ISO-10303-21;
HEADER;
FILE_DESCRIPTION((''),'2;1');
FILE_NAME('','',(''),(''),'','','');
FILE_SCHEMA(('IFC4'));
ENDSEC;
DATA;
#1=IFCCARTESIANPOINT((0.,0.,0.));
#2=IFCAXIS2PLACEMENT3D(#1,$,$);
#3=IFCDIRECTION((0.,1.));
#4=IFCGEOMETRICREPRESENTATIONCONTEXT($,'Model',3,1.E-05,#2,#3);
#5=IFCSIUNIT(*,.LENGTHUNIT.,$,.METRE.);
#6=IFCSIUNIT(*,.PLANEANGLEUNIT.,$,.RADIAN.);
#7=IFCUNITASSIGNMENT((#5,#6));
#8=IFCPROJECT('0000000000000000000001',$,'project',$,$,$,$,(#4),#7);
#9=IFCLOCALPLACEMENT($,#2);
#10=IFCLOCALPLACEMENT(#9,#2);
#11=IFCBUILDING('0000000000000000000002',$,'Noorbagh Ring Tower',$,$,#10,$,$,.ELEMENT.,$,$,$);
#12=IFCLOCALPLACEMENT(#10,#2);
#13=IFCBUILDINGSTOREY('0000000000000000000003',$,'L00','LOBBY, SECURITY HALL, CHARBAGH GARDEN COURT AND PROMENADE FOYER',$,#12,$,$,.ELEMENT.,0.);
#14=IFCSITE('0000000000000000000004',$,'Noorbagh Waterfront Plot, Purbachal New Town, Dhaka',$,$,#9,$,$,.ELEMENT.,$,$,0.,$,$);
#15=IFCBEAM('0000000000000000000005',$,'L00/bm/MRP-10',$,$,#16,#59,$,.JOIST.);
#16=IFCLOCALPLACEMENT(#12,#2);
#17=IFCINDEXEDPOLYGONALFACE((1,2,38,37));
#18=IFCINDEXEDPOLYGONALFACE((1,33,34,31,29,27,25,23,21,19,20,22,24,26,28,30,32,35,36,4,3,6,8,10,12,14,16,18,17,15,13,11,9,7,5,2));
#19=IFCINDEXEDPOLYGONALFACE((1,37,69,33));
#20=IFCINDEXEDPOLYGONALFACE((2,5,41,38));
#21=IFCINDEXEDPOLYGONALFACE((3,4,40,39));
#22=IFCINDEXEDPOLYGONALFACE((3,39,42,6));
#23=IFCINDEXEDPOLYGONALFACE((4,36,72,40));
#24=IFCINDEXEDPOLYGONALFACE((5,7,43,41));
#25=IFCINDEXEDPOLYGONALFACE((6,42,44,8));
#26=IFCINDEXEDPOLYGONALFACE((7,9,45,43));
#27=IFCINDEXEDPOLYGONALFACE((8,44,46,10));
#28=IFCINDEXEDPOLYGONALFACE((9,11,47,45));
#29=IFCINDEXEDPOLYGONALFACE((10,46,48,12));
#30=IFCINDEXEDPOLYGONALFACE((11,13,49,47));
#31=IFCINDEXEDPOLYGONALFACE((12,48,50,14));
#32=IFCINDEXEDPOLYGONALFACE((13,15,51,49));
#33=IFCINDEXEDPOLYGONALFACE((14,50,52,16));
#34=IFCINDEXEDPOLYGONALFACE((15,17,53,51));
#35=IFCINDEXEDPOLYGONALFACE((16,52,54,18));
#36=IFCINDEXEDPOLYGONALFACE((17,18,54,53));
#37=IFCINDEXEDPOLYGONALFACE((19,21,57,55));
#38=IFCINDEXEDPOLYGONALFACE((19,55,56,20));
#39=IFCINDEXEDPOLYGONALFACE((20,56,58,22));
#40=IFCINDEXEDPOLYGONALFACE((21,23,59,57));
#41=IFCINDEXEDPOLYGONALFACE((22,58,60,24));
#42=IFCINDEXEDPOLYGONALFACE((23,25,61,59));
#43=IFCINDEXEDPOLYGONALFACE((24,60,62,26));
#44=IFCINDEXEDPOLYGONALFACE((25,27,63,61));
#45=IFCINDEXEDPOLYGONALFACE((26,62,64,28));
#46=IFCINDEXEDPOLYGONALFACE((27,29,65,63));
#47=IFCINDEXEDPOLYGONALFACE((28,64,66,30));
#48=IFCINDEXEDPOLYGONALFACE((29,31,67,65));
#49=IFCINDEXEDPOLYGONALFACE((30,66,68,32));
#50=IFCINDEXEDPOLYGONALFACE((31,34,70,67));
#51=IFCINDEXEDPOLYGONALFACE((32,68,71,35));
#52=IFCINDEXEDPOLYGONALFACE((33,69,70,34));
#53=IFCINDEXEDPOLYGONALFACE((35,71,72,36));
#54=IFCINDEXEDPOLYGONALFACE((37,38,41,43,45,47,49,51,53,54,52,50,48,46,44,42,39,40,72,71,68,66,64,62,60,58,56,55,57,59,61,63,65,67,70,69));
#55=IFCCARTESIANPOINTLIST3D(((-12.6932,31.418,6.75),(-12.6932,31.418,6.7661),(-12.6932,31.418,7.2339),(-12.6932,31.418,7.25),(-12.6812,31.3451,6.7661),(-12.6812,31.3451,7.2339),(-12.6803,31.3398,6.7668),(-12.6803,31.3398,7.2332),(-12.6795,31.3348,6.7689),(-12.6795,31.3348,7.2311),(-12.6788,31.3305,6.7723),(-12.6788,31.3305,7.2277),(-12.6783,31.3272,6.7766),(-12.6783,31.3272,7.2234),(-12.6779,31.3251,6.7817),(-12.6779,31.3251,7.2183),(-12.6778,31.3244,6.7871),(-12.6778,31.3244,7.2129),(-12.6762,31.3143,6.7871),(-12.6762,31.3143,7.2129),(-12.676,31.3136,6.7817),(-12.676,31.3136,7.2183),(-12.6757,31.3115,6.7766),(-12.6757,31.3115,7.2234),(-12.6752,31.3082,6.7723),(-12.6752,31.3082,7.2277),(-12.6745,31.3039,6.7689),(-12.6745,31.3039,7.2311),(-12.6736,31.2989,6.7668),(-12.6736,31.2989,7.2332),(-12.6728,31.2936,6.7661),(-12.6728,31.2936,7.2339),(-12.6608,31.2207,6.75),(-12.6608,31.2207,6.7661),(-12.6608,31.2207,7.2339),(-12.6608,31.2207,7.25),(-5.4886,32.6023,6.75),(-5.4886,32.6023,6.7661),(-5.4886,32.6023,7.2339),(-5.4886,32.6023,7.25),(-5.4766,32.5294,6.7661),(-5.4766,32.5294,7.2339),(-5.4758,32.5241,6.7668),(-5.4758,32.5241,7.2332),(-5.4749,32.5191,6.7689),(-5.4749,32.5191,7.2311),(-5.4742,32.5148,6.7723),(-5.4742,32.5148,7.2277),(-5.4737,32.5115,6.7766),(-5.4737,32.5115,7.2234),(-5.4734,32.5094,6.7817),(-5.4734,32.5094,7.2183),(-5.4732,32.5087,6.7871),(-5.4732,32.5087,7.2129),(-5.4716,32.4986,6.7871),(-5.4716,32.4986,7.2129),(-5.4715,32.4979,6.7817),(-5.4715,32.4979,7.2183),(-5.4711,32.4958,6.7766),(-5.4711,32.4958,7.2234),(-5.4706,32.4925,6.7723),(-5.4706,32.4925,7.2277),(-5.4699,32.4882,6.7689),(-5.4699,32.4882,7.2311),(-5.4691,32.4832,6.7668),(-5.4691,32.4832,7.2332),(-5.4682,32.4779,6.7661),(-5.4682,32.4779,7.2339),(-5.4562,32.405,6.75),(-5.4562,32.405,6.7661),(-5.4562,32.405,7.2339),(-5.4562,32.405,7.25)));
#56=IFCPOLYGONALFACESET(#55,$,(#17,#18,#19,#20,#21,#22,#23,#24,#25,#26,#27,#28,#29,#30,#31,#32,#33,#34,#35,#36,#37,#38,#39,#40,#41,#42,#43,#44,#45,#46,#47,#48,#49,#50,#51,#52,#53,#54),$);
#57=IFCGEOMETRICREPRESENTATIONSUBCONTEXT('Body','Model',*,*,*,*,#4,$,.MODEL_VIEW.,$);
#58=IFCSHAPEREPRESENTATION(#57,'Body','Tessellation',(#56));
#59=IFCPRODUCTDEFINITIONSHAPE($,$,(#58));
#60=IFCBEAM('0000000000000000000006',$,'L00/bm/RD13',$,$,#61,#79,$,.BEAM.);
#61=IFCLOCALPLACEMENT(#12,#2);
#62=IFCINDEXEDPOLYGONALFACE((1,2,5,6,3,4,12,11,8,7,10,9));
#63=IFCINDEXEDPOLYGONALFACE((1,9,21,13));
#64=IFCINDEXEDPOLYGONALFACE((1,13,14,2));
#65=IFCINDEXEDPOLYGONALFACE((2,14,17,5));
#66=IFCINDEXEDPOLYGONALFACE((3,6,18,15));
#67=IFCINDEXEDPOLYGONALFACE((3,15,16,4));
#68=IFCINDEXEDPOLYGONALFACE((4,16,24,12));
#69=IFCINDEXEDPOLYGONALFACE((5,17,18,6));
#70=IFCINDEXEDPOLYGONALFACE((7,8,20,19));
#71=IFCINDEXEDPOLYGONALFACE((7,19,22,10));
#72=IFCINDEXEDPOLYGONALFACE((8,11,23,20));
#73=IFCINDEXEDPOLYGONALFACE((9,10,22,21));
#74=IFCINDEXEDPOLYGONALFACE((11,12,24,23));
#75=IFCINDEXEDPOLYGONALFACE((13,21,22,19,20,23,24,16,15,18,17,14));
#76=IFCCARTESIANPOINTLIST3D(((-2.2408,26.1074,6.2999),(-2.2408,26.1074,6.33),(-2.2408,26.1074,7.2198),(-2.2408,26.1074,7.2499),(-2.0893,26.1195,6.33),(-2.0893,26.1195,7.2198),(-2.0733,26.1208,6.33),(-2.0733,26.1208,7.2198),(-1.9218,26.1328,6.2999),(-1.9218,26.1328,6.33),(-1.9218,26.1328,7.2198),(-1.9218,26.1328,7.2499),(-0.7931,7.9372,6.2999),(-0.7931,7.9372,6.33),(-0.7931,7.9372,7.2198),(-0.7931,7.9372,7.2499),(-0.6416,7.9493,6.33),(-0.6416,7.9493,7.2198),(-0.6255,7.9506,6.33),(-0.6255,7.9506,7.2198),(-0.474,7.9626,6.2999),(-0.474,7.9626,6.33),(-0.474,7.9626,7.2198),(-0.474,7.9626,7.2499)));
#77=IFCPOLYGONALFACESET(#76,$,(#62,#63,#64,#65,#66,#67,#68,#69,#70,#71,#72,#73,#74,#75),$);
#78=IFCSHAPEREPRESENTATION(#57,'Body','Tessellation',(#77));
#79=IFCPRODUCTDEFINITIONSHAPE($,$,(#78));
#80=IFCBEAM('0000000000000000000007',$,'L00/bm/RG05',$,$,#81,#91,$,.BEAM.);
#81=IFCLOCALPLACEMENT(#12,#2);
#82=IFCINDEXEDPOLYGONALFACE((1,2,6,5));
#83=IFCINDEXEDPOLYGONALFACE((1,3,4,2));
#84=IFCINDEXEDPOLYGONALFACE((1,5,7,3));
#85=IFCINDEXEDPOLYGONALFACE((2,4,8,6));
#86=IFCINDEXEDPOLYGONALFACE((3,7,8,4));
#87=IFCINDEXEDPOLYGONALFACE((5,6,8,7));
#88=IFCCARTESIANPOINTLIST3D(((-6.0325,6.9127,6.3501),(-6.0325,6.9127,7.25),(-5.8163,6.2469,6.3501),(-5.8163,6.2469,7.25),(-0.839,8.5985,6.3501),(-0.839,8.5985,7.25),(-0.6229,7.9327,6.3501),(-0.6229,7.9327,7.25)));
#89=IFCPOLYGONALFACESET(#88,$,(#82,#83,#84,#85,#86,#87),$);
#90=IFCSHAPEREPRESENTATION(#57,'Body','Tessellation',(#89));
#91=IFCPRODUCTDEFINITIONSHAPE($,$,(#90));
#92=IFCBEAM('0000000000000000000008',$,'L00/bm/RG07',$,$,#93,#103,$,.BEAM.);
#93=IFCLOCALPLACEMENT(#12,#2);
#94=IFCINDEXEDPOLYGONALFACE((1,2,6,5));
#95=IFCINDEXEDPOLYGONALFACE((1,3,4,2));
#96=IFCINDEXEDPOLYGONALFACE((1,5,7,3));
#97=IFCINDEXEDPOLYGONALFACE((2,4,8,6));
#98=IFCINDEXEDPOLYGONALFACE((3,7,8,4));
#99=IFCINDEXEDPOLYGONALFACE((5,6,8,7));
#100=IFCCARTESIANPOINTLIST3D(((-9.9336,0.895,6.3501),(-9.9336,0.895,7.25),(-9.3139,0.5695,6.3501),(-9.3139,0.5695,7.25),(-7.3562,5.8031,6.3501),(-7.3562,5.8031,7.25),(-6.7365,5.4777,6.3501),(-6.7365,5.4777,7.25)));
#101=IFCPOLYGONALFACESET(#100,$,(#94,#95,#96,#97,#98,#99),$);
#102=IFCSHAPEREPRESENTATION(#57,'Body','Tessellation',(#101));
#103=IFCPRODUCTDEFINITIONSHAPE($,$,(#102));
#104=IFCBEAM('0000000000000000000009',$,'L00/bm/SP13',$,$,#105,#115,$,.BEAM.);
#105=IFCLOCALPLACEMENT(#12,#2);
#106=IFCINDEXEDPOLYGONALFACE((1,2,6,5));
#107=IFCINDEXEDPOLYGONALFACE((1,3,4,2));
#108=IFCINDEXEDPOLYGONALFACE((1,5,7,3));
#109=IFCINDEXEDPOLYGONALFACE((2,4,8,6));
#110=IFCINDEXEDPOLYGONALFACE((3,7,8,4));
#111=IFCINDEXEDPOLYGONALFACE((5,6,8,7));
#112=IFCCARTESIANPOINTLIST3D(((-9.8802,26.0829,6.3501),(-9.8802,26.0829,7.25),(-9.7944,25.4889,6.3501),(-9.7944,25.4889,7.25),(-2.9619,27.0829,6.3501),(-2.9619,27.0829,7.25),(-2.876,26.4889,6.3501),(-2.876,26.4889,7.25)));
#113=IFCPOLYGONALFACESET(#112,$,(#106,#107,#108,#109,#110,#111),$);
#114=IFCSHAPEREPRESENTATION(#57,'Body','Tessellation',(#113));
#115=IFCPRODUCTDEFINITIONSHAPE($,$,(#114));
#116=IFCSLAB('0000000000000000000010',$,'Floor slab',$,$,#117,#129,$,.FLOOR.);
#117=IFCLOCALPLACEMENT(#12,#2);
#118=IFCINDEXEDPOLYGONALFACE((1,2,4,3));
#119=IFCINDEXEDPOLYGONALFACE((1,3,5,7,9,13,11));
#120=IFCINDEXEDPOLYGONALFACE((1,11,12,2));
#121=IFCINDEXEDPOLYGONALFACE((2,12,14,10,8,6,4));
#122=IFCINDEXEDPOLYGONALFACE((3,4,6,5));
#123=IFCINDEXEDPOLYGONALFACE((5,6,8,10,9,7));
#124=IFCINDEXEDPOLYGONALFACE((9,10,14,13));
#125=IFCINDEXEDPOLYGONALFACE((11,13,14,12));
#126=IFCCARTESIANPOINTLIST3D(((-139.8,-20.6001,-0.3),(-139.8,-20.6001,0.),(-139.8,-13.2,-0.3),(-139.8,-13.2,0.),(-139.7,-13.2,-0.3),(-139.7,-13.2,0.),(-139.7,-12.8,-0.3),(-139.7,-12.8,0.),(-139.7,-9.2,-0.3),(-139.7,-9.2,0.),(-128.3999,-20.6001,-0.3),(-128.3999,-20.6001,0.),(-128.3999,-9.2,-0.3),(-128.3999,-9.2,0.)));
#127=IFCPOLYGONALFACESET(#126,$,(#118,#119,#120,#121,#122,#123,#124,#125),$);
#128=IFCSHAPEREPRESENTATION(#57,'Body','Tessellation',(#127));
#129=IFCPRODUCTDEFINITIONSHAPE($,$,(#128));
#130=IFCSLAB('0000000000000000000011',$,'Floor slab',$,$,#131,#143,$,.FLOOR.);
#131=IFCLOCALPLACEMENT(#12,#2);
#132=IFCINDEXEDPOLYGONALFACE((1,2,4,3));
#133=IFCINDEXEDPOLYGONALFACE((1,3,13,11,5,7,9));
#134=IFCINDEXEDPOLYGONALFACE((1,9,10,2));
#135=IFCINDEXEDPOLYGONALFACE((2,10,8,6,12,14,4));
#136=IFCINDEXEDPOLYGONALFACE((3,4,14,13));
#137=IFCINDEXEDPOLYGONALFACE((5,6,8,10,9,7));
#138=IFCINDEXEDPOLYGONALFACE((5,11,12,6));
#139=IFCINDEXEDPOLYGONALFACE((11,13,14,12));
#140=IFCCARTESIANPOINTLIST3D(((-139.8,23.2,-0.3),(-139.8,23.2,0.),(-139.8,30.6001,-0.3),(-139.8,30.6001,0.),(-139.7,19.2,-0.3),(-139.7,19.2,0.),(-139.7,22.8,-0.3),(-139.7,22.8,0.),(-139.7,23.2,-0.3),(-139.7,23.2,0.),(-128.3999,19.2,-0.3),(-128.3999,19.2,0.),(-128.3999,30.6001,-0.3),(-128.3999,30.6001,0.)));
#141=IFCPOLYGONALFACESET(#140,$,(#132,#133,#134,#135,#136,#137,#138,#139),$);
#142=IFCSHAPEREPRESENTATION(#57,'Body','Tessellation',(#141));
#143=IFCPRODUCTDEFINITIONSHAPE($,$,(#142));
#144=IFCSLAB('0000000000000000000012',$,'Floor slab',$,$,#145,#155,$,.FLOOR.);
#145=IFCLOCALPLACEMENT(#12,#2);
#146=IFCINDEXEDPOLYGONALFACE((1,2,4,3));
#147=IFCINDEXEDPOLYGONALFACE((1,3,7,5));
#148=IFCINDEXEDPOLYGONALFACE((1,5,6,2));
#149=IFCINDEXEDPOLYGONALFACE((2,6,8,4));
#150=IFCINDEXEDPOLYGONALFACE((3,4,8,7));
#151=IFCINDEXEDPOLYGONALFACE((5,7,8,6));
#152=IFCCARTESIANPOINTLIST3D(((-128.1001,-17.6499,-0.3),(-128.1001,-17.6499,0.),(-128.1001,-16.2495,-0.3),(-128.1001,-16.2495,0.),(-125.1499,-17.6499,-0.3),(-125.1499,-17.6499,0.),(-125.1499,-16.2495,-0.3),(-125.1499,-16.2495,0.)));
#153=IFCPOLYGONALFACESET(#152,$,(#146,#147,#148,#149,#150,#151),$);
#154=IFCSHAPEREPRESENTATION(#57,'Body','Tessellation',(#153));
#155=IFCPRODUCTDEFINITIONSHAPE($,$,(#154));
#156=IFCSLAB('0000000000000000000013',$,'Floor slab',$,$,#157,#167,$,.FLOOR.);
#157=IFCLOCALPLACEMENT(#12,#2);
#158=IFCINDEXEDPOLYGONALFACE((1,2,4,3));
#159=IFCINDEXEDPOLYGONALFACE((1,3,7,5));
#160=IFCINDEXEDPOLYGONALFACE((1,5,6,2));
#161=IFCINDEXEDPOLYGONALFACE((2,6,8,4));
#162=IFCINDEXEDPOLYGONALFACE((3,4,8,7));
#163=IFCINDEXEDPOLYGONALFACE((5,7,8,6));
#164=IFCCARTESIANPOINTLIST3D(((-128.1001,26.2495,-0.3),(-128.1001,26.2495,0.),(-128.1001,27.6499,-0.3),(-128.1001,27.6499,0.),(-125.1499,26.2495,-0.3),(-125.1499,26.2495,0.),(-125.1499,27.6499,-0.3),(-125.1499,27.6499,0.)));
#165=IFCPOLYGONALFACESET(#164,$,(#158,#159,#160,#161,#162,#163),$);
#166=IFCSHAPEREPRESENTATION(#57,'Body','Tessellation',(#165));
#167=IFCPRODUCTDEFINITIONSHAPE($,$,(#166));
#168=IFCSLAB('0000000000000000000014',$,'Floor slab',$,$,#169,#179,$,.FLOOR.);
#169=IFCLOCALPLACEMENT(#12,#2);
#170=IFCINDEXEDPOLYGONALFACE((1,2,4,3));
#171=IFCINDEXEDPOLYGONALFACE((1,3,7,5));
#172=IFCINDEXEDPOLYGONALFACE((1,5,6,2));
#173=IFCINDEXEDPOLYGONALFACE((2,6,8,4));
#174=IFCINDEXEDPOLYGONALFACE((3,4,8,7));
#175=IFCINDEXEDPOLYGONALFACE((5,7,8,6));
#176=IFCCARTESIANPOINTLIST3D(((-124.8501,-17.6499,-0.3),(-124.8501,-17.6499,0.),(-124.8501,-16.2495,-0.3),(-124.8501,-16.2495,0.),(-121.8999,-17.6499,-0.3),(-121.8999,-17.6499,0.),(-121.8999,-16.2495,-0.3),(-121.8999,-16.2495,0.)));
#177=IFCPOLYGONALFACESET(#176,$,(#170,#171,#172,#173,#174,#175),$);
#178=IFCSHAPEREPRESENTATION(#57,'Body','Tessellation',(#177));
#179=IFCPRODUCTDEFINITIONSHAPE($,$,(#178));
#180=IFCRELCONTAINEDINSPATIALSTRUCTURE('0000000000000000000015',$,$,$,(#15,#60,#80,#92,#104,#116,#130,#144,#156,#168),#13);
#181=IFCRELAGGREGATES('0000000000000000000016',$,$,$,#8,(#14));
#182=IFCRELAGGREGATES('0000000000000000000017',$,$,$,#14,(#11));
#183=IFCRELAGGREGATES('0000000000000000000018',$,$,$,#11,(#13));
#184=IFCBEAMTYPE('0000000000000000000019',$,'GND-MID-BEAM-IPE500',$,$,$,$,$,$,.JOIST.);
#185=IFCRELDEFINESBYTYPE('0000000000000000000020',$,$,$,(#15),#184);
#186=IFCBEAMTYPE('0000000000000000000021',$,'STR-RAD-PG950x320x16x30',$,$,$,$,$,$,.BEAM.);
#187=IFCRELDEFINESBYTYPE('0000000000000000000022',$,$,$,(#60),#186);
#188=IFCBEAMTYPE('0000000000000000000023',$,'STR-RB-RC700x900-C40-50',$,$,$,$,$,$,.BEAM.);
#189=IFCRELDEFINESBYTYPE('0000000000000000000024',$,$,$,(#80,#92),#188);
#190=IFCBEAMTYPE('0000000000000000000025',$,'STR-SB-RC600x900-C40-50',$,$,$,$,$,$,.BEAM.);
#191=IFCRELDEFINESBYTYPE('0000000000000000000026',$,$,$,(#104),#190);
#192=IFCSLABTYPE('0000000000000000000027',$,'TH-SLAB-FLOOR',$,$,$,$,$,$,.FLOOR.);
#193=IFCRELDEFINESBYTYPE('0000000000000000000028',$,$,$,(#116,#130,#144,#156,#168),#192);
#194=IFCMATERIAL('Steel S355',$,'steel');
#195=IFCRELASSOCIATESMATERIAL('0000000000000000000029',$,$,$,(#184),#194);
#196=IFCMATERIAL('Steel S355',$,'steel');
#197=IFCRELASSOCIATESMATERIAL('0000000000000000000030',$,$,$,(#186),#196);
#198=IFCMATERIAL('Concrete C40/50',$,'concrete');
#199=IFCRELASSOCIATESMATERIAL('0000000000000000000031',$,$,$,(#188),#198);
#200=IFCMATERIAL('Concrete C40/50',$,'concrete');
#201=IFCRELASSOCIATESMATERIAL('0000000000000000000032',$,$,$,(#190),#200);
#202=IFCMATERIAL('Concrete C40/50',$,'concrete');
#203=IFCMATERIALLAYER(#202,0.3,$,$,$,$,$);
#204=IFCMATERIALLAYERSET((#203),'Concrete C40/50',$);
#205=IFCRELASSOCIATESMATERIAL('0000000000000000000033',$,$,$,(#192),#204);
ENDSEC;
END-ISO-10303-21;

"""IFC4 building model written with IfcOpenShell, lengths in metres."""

from ifc_helpers import new_model, si_unit, direction, frame, origin, origin_2d, place, context, subcontext, project, spatial, polyline, rectangle, i_section, outline, extrude, material, layer, layer_set, material_profile, profile_set, type_object, element, save


model = new_model("IFC4")

# Units and contexts
model_context = context("Model", 3, precision=1e-05, world=origin(), true_north=direction((0.0, 1.0)))
body_context = subcontext(model_context, "Body", "Model", "MODEL_VIEW")
ifc_project = project(units=[si_unit("LENGTHUNIT", "METRE"), si_unit("PLANEANGLEUNIT", "RADIAN")], contexts=[model_context])

# Site, building, storey
site_placement = place(None, origin())
site = spatial("IfcSite", under=ifc_project, at=site_placement, Name="Noorbagh Waterfront Plot, Purbachal New Town, Dhaka", CompositionType="ELEMENT", RefElevation=0.0)
building_placement = place(site_placement, origin())
building = spatial("IfcBuilding", under=site, at=building_placement, Name="Noorbagh Ring Tower", CompositionType="ELEMENT")
storey_placement = place(building_placement, origin())
storey = spatial("IfcBuildingStorey", under=building, at=storey_placement, Name="L00", Description="LOBBY, SECURITY HALL, CHARBAGH GARDEN COURT AND PROMENADE FOYER", CompositionType="ELEMENT", Elevation=0.0)

# Beams
ifc_material_1 = material(Name="Steel S355", Category="steel")
ifc_material_profile_1 = material_profile(ifc_material_1, i_section(OverallWidth=0.2, OverallDepth=0.5, WebThickness=0.0103, FlangeThickness=0.0161, FilletRadius=0.021, at=origin_2d()), Name="IPE500")
ifc_profile_set_1 = profile_set([ifc_material_profile_1], Name="Steel S355")
beam_type_1 = type_object("IfcBeamType", Name="GND-MID-BEAM-IPE500", PredefinedType="JOIST", material=ifc_profile_set_1)
beam_1_placement = place(storey_placement, frame((-5.4724, 32.5037, 7.0), z_axis=(-0.986757, -0.162208, 0.0), x_axis=(0.162208, -0.986757, 0.0)))
element("IfcBeam", 1, at=beam_1_placement, inside=storey, type_object=beam_type_1, Name="L00/bm/MRP-10", PredefinedType="JOIST", context=body_context, shape_type="SweptSolid", body=[
    extrude(i_section(OverallWidth=0.2, OverallDepth=0.5, WebThickness=0.0103, FlangeThickness=0.0161, FilletRadius=0.021, at=origin_2d()), origin(), (0.0, 0.0, 1.0), 7.3013),
])
ifc_material_2 = material(Name="Steel S355", Category="steel")
ifc_material_profile_2 = material_profile(ifc_material_2, i_section(OverallWidth=0.3201, OverallDepth=0.95, WebThickness=0.0161, FlangeThickness=0.03, at=origin_2d()), Name="PG950x320x16x30")
ifc_profile_set_2 = profile_set([ifc_material_profile_2], Name="Steel S355")
beam_type_2 = type_object("IfcBeamType", Name="STR-RAD-PG950x320x16x30", PredefinedType="BEAM", material=ifc_profile_set_2)
beam_2_placement = place(storey_placement, frame((-2.0813, 26.1201, 6.7749), z_axis=(0.079426, -0.996841, 0.0), x_axis=(0.996841, 0.079426, 0.0)))
element("IfcBeam", 2, at=beam_2_placement, inside=storey, type_object=beam_type_2, Name="L00/bm/RD13", PredefinedType="BEAM", context=body_context, shape_type="SweptSolid", body=[
    extrude(i_section(OverallWidth=0.3201, OverallDepth=0.95, WebThickness=0.0161, FlangeThickness=0.03, at=origin_2d()), origin(), (0.0, 0.0, 1.0), 18.2278),
])
ifc_material_3 = material(Name="Concrete C40/50", Category="concrete")
ifc_material_profile_3 = material_profile(ifc_material_3, rectangle(XDim=0.7, YDim=0.8999, at=origin_2d()), Name="RC700x900")
ifc_profile_set_3 = profile_set([ifc_material_profile_3], Name="Concrete C40/50")
beam_type_3 = type_object("IfcBeamType", Name="STR-RB-RC700x900-C40-50", PredefinedType="BEAM", material=ifc_profile_set_3)
beam_3_placement = place(storey_placement, frame((-0.731, 8.2656, 6.8), z_axis=(-0.951144, -0.308746, 0.0), x_axis=(0.308746, -0.951144, 0.0)))
element("IfcBeam", 3, at=beam_3_placement, inside=storey, type_object=beam_type_3, Name="L00/bm/RG05", PredefinedType="BEAM", context=body_context, shape_type="SweptSolid", body=[
    extrude(rectangle(XDim=0.7, YDim=0.8999, at=origin_2d()), origin(), (0.0, 0.0, 1.0), 5.4602),
])
beam_4_placement = place(storey_placement, frame((-7.0464, 5.6404, 6.8), z_axis=(-0.464917, -0.885354, 0.0), x_axis=(0.885354, -0.464917, 0.0)))
element("IfcBeam", 4, at=beam_4_placement, inside=storey, type_object=beam_type_3, Name="L00/bm/RG07", PredefinedType="BEAM", context=body_context, shape_type="SweptSolid", body=[
    extrude(rectangle(XDim=0.7, YDim=0.8999, at=origin_2d()), origin(), (0.0, 0.0, 1.0), 5.5437),
])
ifc_material_4 = material(Name="Concrete C40/50", Category="concrete")
ifc_material_profile_4 = material_profile(ifc_material_4, rectangle(XDim=0.6001, YDim=0.8999, at=origin_2d()), Name="RC600x900")
ifc_profile_set_4 = profile_set([ifc_material_profile_4], Name="Concrete C40/50")
beam_type_4 = type_object("IfcBeamType", Name="STR-SB-RC600x900-C40-50", PredefinedType="BEAM", material=ifc_profile_set_4)
beam_5_placement = place(storey_placement, frame((-2.9189, 26.7859, 6.8), z_axis=(-0.989715, -0.143054, 0.0), x_axis=(0.143054, -0.989715, 0.0)))
element("IfcBeam", 5, at=beam_5_placement, inside=storey, type_object=beam_type_4, Name="L00/bm/SP13", PredefinedType="BEAM", context=body_context, shape_type="SweptSolid", body=[
    extrude(rectangle(XDim=0.6001, YDim=0.8999, at=origin_2d()), origin(), (0.0, 0.0, 1.0), 6.9902),
])

# Slabs
ifc_material_5 = material(Name="Concrete C40/50", Category="concrete")
ifc_layer_1 = layer(ifc_material_5, 0.3)
ifc_layer_set_1 = layer_set([ifc_layer_1], Name="Concrete C40/50")
slab_type = type_object("IfcSlabType", Name="TH-SLAB-FLOOR", PredefinedType="FLOOR", material=ifc_layer_set_1)
slab_1_placement = place(storey_placement, frame((0.0, 0.0, -0.3)))
element("IfcSlab", 6, at=slab_1_placement, inside=storey, type_object=slab_type, Name="Floor slab", PredefinedType="FLOOR", context=body_context, shape_type="SweptSolid", body=[
    extrude(outline(polyline([(-128.3999, -20.6001), (-128.3999, -9.2), (-139.7, -9.2), (-139.7, -12.8), (-139.7, -13.2), (-139.8, -13.2), (-139.8, -20.6001), (-128.3999, -20.6001)])), origin(), (0.0, 0.0, 1.0), 0.3),
])
slab_2_placement = place(storey_placement, frame((0.0, 0.0, -0.3)))
element("IfcSlab", 7, at=slab_2_placement, inside=storey, type_object=slab_type, Name="Floor slab", PredefinedType="FLOOR", context=body_context, shape_type="SweptSolid", body=[
    extrude(outline(polyline([(-139.7, 19.2), (-128.3999, 19.2), (-128.3999, 30.6001), (-139.8, 30.6001), (-139.8, 23.2), (-139.7, 23.2), (-139.7, 22.8), (-139.7, 19.2)])), origin(), (0.0, 0.0, 1.0), 0.3),
])
slab_3_placement = place(storey_placement, frame((0.0, 0.0, -0.3)))
element("IfcSlab", 8, at=slab_3_placement, inside=storey, type_object=slab_type, Name="Floor slab", PredefinedType="FLOOR", context=body_context, shape_type="SweptSolid", body=[
    extrude(outline(polyline([(-125.1499, -16.2495), (-128.1001, -16.2495), (-128.1001, -17.6499), (-125.1499, -17.6499), (-125.1499, -16.2495)])), origin(), (0.0, 0.0, 1.0), 0.3),
])
slab_4_placement = place(storey_placement, frame((0.0, 0.0, -0.3)))
element("IfcSlab", 9, at=slab_4_placement, inside=storey, type_object=slab_type, Name="Floor slab", PredefinedType="FLOOR", context=body_context, shape_type="SweptSolid", body=[
    extrude(outline(polyline([(-125.1499, 27.6499), (-128.1001, 27.6499), (-128.1001, 26.2495), (-125.1499, 26.2495), (-125.1499, 27.6499)])), origin(), (0.0, 0.0, 1.0), 0.3),
])
slab_5_placement = place(storey_placement, frame((0.0, 0.0, -0.3)))
element("IfcSlab", 10, at=slab_5_placement, inside=storey, type_object=slab_type, Name="Floor slab", PredefinedType="FLOOR", context=body_context, shape_type="SweptSolid", body=[
    extrude(outline(polyline([(-121.8999, -17.6499), (-121.8999, -16.2495), (-124.8501, -16.2495), (-124.8501, -17.6499), (-121.8999, -17.6499)])), origin(), (0.0, 0.0, 1.0), 0.3),
])

save(model, "model.ifc")
